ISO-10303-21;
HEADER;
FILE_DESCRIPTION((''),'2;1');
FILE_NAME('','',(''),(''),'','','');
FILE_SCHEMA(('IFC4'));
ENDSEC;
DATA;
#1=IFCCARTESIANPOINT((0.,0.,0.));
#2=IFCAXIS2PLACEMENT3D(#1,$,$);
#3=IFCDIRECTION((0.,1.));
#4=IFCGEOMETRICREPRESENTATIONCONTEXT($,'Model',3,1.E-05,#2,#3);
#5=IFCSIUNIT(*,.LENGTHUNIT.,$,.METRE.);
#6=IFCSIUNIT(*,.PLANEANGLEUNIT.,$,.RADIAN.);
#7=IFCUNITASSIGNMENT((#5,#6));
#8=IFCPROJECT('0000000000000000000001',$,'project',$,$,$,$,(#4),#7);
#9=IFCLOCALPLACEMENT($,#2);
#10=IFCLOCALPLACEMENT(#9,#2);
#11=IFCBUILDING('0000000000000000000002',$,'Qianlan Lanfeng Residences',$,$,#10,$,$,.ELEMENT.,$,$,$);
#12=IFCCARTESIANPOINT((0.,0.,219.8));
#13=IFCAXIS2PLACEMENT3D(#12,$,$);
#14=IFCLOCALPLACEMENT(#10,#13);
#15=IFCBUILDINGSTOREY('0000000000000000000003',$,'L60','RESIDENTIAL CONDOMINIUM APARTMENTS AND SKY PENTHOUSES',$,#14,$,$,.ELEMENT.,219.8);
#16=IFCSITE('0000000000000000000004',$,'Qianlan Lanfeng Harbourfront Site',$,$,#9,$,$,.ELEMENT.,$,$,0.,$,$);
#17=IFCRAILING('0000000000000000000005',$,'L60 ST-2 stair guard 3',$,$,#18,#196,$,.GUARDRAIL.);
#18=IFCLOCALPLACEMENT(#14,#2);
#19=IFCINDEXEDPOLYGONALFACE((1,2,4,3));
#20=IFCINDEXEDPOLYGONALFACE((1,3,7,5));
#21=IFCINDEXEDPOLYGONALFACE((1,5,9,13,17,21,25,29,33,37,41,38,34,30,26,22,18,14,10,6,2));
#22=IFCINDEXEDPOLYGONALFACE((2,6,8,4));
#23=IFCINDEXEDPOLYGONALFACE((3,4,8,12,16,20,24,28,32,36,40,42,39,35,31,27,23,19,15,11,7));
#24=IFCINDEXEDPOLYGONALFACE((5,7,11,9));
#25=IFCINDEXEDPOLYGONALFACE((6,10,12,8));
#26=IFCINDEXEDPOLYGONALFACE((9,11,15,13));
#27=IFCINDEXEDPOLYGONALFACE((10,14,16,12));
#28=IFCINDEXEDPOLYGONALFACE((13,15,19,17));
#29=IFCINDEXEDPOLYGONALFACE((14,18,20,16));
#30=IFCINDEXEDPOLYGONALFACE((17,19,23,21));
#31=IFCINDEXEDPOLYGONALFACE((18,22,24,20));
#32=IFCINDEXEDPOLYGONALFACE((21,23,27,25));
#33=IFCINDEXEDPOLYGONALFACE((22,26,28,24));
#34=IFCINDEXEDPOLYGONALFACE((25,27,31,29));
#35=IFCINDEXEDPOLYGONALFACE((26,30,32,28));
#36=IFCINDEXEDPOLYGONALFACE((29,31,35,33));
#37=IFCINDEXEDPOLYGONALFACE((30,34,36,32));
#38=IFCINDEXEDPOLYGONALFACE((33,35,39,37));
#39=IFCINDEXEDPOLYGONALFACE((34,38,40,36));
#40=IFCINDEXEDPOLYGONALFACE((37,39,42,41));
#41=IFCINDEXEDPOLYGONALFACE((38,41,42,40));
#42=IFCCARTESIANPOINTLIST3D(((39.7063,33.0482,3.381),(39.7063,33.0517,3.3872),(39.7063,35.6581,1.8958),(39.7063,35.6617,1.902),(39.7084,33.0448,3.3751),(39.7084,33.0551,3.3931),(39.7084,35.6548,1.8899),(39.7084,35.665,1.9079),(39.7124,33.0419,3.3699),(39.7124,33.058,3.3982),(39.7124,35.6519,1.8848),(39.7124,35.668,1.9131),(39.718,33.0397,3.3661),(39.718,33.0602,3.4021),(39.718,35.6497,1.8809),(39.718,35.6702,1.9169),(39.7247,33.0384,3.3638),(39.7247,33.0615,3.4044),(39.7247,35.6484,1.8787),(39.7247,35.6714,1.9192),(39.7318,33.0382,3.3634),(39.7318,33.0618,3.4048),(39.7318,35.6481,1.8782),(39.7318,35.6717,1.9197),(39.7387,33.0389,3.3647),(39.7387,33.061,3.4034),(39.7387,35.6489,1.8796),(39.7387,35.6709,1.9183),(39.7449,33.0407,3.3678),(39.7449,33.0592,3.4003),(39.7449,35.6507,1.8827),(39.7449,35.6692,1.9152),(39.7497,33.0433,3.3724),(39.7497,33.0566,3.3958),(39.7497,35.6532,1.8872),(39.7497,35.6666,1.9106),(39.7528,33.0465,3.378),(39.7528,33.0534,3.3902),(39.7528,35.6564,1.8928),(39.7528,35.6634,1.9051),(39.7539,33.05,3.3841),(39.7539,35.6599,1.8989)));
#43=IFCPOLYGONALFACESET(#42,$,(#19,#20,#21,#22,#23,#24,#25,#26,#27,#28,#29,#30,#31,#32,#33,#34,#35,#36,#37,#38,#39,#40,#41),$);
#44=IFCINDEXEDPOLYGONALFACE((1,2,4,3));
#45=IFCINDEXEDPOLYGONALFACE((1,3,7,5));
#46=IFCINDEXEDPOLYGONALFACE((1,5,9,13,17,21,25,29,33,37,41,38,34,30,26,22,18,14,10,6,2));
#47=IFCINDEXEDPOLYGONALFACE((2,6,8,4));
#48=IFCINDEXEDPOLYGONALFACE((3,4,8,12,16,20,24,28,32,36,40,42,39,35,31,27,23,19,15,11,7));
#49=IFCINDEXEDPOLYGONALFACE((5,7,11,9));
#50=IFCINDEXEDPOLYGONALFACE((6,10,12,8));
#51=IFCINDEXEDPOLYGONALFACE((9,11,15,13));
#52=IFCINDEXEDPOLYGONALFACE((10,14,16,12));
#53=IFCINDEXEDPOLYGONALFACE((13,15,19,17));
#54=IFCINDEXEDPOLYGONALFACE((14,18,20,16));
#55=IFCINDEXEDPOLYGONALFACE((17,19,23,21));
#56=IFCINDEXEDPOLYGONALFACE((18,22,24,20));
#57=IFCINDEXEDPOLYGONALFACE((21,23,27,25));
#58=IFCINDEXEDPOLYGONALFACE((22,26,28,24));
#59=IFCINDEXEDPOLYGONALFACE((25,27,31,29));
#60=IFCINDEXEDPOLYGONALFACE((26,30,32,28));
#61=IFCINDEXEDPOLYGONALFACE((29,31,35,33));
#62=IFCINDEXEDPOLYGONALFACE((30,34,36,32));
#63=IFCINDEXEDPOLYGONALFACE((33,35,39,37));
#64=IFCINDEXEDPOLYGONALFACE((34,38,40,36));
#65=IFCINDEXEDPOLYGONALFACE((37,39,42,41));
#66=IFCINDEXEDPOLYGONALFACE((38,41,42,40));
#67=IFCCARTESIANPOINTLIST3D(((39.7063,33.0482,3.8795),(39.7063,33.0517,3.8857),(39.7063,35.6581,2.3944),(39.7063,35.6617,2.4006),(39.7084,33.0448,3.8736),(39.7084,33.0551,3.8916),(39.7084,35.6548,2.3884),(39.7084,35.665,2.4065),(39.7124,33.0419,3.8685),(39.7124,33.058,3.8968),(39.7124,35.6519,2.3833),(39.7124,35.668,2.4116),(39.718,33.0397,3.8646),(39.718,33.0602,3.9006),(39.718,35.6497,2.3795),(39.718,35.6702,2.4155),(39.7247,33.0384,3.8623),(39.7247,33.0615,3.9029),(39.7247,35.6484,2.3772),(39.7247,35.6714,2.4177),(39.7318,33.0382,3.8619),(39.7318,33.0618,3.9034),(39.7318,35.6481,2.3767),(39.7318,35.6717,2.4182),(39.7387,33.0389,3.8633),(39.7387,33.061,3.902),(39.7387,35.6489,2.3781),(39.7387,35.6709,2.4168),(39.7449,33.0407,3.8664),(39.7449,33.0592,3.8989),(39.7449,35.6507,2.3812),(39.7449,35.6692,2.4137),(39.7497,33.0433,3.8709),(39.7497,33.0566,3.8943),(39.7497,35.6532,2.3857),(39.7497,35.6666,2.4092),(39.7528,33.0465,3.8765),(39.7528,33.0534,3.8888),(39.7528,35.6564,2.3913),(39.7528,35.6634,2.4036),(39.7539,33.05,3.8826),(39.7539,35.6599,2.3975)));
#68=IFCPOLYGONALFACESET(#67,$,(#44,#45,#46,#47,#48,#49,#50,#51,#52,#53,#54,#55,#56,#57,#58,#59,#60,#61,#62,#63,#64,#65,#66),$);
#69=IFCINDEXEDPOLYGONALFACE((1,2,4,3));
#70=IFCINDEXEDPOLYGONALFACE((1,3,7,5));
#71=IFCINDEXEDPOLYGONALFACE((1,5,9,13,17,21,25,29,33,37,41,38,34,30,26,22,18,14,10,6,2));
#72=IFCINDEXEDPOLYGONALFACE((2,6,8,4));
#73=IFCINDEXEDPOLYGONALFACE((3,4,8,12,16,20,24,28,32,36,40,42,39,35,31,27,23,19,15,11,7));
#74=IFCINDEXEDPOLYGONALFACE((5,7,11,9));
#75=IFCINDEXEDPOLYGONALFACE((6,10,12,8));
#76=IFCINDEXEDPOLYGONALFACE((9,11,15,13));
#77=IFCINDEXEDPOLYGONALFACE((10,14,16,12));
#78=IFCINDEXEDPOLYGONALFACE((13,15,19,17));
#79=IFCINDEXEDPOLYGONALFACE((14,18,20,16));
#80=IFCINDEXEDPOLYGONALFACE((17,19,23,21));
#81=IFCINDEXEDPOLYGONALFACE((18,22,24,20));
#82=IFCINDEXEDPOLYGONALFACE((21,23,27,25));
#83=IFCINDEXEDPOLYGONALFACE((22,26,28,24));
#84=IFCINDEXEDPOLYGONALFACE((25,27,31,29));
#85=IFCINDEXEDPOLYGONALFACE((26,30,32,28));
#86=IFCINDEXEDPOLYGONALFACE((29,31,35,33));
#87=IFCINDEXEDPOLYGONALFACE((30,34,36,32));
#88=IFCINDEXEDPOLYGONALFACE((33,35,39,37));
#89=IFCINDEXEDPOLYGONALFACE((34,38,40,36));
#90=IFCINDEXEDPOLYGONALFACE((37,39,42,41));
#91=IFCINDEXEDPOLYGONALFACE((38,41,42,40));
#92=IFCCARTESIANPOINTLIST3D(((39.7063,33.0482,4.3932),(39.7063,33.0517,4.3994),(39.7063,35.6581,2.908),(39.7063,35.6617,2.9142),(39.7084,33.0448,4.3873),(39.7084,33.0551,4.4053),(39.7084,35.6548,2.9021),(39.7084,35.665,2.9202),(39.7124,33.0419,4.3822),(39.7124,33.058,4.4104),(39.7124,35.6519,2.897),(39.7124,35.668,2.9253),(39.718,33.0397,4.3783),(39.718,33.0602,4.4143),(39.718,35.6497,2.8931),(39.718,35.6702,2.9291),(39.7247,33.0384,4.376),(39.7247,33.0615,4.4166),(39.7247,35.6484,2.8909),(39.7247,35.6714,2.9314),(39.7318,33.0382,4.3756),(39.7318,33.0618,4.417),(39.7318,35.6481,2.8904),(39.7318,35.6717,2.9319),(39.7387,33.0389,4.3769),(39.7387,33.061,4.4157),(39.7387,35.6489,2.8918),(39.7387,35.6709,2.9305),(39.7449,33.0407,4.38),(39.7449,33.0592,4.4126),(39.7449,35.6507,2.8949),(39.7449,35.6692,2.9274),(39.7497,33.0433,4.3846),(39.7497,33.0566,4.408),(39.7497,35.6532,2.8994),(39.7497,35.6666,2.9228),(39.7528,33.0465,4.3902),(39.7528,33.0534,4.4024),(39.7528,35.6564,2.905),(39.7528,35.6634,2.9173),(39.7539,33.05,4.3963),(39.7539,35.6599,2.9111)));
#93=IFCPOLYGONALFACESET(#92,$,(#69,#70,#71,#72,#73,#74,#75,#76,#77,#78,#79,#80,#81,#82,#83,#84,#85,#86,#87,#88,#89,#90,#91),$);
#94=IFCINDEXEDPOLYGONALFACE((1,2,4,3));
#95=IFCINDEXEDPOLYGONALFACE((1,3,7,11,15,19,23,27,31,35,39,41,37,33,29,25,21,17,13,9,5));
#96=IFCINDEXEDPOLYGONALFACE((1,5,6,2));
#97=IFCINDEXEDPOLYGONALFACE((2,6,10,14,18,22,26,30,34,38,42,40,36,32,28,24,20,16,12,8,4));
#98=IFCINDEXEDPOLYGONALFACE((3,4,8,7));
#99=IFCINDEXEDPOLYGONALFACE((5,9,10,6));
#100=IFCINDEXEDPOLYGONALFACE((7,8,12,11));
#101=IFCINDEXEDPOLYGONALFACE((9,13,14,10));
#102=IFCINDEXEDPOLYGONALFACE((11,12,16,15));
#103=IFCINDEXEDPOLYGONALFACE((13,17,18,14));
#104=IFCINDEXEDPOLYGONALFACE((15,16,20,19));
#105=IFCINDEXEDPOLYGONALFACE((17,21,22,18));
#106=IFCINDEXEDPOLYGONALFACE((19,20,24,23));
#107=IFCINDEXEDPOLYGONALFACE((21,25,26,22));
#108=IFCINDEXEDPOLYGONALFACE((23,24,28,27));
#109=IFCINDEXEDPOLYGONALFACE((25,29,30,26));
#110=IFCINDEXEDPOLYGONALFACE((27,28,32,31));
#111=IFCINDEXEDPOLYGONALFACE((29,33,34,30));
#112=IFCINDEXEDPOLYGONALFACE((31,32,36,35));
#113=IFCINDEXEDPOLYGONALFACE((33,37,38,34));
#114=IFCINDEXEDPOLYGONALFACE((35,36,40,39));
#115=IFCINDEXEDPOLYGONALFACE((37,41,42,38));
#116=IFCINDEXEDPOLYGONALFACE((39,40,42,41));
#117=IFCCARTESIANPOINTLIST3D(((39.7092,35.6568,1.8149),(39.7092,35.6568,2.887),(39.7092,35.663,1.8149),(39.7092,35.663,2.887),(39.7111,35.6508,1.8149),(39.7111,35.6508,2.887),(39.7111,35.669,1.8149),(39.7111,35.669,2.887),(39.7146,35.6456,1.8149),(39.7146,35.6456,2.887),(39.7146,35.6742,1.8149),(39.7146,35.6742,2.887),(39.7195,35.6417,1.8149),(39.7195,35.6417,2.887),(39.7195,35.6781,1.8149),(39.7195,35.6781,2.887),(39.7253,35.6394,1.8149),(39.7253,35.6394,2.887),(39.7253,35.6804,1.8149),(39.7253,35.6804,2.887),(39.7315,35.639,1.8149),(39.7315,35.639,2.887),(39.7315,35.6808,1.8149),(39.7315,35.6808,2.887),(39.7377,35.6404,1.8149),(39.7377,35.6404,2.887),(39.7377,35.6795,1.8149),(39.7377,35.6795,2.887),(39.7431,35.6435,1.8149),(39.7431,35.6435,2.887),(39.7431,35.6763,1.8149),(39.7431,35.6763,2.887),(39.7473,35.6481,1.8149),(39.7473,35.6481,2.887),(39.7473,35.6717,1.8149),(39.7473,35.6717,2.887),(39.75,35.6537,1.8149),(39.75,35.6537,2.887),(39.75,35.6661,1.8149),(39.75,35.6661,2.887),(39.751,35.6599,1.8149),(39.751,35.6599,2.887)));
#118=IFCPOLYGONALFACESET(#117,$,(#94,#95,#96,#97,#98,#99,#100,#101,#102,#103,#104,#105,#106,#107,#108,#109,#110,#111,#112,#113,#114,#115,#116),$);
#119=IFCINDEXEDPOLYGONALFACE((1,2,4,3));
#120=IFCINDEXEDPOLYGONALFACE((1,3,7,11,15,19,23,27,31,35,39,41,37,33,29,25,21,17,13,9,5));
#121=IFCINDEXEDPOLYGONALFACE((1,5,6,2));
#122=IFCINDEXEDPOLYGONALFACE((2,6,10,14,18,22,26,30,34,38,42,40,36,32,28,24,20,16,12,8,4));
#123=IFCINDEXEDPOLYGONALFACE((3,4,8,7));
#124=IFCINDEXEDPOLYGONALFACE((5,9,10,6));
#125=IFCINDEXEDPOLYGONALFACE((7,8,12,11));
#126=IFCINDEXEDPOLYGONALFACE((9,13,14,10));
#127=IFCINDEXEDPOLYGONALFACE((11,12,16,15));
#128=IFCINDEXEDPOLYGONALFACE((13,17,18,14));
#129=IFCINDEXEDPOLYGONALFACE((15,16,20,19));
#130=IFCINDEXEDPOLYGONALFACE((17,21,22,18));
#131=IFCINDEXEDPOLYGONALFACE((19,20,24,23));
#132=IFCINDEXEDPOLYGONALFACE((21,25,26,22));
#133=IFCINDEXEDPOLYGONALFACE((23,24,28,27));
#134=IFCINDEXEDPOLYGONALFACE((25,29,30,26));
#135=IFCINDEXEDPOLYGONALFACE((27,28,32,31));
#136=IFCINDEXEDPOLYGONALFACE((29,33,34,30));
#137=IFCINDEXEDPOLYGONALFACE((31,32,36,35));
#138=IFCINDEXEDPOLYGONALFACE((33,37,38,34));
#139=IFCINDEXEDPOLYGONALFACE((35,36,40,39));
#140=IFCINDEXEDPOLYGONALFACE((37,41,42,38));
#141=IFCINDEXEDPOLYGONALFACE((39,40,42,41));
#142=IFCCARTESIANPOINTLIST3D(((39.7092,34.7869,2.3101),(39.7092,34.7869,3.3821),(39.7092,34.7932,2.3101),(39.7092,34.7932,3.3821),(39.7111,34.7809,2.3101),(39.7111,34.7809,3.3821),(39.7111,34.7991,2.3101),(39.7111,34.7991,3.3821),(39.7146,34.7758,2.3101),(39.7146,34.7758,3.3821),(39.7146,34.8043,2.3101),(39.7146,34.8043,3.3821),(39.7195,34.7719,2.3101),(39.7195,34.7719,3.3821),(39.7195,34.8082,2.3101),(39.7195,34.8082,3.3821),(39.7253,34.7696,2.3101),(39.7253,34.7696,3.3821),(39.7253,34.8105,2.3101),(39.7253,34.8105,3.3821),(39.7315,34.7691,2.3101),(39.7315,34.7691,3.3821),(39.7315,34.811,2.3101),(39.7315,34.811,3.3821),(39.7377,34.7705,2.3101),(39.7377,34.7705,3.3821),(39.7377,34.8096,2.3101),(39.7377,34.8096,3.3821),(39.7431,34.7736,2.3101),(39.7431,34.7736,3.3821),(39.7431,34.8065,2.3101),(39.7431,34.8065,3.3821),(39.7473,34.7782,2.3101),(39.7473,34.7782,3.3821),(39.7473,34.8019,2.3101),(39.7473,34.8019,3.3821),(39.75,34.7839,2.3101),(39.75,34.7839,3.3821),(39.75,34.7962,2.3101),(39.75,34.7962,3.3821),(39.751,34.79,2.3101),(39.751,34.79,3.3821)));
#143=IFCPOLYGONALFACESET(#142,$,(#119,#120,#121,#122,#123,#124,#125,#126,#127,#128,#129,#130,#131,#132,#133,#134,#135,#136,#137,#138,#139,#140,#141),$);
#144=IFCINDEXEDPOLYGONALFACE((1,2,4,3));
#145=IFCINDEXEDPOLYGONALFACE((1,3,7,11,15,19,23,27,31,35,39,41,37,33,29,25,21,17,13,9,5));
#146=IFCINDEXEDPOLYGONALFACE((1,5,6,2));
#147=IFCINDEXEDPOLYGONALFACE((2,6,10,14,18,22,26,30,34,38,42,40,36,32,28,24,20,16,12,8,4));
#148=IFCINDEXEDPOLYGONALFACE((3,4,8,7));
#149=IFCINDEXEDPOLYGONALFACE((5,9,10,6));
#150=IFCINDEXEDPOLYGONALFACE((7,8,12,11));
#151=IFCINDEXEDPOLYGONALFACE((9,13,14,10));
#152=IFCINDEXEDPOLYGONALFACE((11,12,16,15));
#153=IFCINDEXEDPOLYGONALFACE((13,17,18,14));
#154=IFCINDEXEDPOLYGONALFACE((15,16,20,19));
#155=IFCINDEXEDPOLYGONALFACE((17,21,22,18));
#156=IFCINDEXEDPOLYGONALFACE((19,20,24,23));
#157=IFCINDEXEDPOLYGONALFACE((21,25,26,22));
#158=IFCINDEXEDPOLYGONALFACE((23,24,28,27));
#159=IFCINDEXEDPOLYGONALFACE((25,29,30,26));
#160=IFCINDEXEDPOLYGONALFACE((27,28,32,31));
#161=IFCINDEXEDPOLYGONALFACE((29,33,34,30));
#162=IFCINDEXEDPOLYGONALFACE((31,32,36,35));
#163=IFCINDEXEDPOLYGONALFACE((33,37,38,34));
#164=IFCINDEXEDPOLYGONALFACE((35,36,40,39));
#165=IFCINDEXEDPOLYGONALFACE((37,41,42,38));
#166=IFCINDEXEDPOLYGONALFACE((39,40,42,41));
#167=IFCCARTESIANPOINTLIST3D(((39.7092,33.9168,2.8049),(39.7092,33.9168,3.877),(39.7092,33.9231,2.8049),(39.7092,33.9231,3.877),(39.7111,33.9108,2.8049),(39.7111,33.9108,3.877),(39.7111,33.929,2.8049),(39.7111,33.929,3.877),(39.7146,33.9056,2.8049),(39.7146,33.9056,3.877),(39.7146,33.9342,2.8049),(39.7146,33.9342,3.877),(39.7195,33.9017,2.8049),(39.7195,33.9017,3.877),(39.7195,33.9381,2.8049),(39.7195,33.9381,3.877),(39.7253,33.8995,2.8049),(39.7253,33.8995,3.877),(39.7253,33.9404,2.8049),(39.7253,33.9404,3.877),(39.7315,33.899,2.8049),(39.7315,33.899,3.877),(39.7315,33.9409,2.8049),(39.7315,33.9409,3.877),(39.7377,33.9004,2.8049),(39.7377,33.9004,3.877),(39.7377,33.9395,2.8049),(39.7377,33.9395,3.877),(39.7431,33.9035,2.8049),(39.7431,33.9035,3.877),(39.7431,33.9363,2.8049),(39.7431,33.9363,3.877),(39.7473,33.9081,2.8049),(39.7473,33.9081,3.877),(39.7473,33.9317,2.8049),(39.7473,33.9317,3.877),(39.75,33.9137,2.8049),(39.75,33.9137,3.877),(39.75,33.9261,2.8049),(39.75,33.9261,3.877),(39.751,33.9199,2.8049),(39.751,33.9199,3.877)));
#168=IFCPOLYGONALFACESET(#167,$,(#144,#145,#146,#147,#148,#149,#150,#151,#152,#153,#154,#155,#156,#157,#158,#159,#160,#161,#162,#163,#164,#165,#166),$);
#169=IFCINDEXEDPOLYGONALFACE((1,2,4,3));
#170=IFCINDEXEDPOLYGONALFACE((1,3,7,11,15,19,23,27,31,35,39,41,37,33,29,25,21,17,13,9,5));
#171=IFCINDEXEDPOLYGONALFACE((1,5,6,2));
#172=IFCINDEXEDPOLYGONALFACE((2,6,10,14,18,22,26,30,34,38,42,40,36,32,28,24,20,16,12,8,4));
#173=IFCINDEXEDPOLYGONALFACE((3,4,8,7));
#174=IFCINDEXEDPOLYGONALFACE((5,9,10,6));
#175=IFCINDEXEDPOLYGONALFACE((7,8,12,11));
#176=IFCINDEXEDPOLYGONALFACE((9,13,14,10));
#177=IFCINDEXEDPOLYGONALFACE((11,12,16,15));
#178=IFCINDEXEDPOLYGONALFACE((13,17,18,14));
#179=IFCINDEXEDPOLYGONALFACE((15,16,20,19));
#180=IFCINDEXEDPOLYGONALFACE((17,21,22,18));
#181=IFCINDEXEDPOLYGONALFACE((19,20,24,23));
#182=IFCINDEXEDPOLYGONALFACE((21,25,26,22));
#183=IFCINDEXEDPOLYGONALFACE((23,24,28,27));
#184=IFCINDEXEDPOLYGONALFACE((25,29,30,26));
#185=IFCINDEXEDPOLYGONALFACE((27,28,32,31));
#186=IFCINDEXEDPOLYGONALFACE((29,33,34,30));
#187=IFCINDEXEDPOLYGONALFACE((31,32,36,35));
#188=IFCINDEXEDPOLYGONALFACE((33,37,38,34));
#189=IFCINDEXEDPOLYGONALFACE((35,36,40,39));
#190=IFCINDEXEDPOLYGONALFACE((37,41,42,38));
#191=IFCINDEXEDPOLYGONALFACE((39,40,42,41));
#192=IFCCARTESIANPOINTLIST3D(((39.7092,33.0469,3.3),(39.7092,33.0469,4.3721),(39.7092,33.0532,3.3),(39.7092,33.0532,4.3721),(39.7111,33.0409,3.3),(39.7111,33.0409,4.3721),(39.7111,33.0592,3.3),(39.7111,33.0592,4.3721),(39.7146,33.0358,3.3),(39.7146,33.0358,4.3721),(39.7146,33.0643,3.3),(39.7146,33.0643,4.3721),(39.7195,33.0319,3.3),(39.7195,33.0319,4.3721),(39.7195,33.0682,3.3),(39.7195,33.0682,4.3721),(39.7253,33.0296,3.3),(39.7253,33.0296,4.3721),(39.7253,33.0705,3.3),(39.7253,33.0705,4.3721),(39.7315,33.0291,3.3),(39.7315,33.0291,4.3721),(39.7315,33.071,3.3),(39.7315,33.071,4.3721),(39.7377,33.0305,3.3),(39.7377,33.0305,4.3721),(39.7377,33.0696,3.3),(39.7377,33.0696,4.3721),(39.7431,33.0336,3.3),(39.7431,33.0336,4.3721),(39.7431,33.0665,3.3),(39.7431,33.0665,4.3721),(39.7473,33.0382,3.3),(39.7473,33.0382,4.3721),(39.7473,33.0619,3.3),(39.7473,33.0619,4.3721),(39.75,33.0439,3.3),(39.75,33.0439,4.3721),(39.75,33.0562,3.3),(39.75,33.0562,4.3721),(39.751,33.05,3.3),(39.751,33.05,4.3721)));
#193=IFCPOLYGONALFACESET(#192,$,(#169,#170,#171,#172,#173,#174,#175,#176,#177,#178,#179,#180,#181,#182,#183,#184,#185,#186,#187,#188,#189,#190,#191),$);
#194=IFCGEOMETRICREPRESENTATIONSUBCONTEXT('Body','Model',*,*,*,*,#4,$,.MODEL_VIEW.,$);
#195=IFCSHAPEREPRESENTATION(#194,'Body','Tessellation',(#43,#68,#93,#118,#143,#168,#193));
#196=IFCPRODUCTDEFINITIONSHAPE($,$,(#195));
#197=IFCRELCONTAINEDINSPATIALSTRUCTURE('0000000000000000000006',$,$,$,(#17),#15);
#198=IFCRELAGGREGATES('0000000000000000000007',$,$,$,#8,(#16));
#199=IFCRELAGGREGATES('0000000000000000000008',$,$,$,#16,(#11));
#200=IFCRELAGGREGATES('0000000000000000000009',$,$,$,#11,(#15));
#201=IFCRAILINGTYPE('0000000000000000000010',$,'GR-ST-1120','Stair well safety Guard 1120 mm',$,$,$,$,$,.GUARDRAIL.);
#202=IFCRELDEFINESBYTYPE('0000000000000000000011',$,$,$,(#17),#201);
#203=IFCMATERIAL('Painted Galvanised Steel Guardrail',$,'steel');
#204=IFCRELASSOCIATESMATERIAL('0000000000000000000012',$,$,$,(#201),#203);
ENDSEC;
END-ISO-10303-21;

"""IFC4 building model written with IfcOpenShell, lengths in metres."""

from ifc_helpers import new_model, si_unit, direction, frame, origin, origin_2d, place, context, subcontext, project, spatial, circle, extrude, material, type_object, element, save


model = new_model("IFC4")

# Units and contexts
model_context = context("Model", 3, precision=1e-05, world=origin(), true_north=direction((0.0, 1.0)))
body_context = subcontext(model_context, "Body", "Model", "MODEL_VIEW")
ifc_project = project(units=[si_unit("LENGTHUNIT", "METRE"), si_unit("PLANEANGLEUNIT", "RADIAN")], contexts=[model_context])

# Site, building, storey
site_placement = place(None, origin())
site = spatial("IfcSite", under=ifc_project, at=site_placement, Name="Qianlan Lanfeng Harbourfront Site", CompositionType="ELEMENT", RefElevation=0.0)
building_placement = place(site_placement, origin())
building = spatial("IfcBuilding", under=site, at=building_placement, Name="Qianlan Lanfeng Residences", CompositionType="ELEMENT")
storey_placement = place(building_placement, frame((0.0, 0.0, 219.8)))
storey = spatial("IfcBuildingStorey", under=building, at=storey_placement, Name="L60", Description="RESIDENTIAL CONDOMINIUM APARTMENTS AND SKY PENTHOUSES", CompositionType="ELEMENT", Elevation=219.8)

# Railing
ifc_material_1 = material(Name="Painted Galvanised Steel Guardrail", Category="steel")
railing_type_1 = type_object("IfcRailingType", Name="GR-ST-1120", Description="Stair well safety Guard 1120 mm", PredefinedType="GUARDRAIL", material=ifc_material_1)
railing_1_placement = place(storey_placement, frame((39.73, 35.6599, 1.8149)))
element("IfcRailing", 1, at=railing_1_placement, inside=storey, type_object=railing_type_1, Name="L60 ST-2 stair guard 3", PredefinedType="GUARDRAIL", context=body_context, shape_type="SweptSolid", body=[
    extrude(circle(Radius=0.0239, at=origin_2d()), frame((0.0, 0.0, 0.084), z_axis=(0.0, -0.869137, 0.494571), x_axis=(1.0, 0.0, 0.0)), (0.0, 0.0, 1.0), 3.0029),
    extrude(circle(Radius=0.0239, at=origin_2d()), frame((0.0, 0.0, 0.5825), z_axis=(0.0, -0.869137, 0.494571), x_axis=(1.0, 0.0, 0.0)), (0.0, 0.0, 1.0), 3.0029),
    extrude(circle(Radius=0.0239, at=origin_2d()), frame((0.0, 0.0, 1.0962), z_axis=(0.0, -0.869137, 0.494571), x_axis=(1.0, 0.0, 0.0)), (0.0, 0.0, 1.0), 3.0029),
    extrude(circle(Radius=0.021, at=origin_2d()), origin(), (0.0, 0.0, 1.0), 1.072),
    extrude(circle(Radius=0.021, at=origin_2d()), frame((0.0, -0.8699, 0.4951)), (0.0, 0.0, 1.0), 1.072),
    extrude(circle(Radius=0.021, at=origin_2d()), frame((0.0, -1.74, 0.99)), (0.0, 0.0, 1.0), 1.072),
    extrude(circle(Radius=0.021, at=origin_2d()), frame((0.0, -2.6099, 1.4851)), (0.0, 0.0, 1.0), 1.072),
])

save(model, "model.ifc")
